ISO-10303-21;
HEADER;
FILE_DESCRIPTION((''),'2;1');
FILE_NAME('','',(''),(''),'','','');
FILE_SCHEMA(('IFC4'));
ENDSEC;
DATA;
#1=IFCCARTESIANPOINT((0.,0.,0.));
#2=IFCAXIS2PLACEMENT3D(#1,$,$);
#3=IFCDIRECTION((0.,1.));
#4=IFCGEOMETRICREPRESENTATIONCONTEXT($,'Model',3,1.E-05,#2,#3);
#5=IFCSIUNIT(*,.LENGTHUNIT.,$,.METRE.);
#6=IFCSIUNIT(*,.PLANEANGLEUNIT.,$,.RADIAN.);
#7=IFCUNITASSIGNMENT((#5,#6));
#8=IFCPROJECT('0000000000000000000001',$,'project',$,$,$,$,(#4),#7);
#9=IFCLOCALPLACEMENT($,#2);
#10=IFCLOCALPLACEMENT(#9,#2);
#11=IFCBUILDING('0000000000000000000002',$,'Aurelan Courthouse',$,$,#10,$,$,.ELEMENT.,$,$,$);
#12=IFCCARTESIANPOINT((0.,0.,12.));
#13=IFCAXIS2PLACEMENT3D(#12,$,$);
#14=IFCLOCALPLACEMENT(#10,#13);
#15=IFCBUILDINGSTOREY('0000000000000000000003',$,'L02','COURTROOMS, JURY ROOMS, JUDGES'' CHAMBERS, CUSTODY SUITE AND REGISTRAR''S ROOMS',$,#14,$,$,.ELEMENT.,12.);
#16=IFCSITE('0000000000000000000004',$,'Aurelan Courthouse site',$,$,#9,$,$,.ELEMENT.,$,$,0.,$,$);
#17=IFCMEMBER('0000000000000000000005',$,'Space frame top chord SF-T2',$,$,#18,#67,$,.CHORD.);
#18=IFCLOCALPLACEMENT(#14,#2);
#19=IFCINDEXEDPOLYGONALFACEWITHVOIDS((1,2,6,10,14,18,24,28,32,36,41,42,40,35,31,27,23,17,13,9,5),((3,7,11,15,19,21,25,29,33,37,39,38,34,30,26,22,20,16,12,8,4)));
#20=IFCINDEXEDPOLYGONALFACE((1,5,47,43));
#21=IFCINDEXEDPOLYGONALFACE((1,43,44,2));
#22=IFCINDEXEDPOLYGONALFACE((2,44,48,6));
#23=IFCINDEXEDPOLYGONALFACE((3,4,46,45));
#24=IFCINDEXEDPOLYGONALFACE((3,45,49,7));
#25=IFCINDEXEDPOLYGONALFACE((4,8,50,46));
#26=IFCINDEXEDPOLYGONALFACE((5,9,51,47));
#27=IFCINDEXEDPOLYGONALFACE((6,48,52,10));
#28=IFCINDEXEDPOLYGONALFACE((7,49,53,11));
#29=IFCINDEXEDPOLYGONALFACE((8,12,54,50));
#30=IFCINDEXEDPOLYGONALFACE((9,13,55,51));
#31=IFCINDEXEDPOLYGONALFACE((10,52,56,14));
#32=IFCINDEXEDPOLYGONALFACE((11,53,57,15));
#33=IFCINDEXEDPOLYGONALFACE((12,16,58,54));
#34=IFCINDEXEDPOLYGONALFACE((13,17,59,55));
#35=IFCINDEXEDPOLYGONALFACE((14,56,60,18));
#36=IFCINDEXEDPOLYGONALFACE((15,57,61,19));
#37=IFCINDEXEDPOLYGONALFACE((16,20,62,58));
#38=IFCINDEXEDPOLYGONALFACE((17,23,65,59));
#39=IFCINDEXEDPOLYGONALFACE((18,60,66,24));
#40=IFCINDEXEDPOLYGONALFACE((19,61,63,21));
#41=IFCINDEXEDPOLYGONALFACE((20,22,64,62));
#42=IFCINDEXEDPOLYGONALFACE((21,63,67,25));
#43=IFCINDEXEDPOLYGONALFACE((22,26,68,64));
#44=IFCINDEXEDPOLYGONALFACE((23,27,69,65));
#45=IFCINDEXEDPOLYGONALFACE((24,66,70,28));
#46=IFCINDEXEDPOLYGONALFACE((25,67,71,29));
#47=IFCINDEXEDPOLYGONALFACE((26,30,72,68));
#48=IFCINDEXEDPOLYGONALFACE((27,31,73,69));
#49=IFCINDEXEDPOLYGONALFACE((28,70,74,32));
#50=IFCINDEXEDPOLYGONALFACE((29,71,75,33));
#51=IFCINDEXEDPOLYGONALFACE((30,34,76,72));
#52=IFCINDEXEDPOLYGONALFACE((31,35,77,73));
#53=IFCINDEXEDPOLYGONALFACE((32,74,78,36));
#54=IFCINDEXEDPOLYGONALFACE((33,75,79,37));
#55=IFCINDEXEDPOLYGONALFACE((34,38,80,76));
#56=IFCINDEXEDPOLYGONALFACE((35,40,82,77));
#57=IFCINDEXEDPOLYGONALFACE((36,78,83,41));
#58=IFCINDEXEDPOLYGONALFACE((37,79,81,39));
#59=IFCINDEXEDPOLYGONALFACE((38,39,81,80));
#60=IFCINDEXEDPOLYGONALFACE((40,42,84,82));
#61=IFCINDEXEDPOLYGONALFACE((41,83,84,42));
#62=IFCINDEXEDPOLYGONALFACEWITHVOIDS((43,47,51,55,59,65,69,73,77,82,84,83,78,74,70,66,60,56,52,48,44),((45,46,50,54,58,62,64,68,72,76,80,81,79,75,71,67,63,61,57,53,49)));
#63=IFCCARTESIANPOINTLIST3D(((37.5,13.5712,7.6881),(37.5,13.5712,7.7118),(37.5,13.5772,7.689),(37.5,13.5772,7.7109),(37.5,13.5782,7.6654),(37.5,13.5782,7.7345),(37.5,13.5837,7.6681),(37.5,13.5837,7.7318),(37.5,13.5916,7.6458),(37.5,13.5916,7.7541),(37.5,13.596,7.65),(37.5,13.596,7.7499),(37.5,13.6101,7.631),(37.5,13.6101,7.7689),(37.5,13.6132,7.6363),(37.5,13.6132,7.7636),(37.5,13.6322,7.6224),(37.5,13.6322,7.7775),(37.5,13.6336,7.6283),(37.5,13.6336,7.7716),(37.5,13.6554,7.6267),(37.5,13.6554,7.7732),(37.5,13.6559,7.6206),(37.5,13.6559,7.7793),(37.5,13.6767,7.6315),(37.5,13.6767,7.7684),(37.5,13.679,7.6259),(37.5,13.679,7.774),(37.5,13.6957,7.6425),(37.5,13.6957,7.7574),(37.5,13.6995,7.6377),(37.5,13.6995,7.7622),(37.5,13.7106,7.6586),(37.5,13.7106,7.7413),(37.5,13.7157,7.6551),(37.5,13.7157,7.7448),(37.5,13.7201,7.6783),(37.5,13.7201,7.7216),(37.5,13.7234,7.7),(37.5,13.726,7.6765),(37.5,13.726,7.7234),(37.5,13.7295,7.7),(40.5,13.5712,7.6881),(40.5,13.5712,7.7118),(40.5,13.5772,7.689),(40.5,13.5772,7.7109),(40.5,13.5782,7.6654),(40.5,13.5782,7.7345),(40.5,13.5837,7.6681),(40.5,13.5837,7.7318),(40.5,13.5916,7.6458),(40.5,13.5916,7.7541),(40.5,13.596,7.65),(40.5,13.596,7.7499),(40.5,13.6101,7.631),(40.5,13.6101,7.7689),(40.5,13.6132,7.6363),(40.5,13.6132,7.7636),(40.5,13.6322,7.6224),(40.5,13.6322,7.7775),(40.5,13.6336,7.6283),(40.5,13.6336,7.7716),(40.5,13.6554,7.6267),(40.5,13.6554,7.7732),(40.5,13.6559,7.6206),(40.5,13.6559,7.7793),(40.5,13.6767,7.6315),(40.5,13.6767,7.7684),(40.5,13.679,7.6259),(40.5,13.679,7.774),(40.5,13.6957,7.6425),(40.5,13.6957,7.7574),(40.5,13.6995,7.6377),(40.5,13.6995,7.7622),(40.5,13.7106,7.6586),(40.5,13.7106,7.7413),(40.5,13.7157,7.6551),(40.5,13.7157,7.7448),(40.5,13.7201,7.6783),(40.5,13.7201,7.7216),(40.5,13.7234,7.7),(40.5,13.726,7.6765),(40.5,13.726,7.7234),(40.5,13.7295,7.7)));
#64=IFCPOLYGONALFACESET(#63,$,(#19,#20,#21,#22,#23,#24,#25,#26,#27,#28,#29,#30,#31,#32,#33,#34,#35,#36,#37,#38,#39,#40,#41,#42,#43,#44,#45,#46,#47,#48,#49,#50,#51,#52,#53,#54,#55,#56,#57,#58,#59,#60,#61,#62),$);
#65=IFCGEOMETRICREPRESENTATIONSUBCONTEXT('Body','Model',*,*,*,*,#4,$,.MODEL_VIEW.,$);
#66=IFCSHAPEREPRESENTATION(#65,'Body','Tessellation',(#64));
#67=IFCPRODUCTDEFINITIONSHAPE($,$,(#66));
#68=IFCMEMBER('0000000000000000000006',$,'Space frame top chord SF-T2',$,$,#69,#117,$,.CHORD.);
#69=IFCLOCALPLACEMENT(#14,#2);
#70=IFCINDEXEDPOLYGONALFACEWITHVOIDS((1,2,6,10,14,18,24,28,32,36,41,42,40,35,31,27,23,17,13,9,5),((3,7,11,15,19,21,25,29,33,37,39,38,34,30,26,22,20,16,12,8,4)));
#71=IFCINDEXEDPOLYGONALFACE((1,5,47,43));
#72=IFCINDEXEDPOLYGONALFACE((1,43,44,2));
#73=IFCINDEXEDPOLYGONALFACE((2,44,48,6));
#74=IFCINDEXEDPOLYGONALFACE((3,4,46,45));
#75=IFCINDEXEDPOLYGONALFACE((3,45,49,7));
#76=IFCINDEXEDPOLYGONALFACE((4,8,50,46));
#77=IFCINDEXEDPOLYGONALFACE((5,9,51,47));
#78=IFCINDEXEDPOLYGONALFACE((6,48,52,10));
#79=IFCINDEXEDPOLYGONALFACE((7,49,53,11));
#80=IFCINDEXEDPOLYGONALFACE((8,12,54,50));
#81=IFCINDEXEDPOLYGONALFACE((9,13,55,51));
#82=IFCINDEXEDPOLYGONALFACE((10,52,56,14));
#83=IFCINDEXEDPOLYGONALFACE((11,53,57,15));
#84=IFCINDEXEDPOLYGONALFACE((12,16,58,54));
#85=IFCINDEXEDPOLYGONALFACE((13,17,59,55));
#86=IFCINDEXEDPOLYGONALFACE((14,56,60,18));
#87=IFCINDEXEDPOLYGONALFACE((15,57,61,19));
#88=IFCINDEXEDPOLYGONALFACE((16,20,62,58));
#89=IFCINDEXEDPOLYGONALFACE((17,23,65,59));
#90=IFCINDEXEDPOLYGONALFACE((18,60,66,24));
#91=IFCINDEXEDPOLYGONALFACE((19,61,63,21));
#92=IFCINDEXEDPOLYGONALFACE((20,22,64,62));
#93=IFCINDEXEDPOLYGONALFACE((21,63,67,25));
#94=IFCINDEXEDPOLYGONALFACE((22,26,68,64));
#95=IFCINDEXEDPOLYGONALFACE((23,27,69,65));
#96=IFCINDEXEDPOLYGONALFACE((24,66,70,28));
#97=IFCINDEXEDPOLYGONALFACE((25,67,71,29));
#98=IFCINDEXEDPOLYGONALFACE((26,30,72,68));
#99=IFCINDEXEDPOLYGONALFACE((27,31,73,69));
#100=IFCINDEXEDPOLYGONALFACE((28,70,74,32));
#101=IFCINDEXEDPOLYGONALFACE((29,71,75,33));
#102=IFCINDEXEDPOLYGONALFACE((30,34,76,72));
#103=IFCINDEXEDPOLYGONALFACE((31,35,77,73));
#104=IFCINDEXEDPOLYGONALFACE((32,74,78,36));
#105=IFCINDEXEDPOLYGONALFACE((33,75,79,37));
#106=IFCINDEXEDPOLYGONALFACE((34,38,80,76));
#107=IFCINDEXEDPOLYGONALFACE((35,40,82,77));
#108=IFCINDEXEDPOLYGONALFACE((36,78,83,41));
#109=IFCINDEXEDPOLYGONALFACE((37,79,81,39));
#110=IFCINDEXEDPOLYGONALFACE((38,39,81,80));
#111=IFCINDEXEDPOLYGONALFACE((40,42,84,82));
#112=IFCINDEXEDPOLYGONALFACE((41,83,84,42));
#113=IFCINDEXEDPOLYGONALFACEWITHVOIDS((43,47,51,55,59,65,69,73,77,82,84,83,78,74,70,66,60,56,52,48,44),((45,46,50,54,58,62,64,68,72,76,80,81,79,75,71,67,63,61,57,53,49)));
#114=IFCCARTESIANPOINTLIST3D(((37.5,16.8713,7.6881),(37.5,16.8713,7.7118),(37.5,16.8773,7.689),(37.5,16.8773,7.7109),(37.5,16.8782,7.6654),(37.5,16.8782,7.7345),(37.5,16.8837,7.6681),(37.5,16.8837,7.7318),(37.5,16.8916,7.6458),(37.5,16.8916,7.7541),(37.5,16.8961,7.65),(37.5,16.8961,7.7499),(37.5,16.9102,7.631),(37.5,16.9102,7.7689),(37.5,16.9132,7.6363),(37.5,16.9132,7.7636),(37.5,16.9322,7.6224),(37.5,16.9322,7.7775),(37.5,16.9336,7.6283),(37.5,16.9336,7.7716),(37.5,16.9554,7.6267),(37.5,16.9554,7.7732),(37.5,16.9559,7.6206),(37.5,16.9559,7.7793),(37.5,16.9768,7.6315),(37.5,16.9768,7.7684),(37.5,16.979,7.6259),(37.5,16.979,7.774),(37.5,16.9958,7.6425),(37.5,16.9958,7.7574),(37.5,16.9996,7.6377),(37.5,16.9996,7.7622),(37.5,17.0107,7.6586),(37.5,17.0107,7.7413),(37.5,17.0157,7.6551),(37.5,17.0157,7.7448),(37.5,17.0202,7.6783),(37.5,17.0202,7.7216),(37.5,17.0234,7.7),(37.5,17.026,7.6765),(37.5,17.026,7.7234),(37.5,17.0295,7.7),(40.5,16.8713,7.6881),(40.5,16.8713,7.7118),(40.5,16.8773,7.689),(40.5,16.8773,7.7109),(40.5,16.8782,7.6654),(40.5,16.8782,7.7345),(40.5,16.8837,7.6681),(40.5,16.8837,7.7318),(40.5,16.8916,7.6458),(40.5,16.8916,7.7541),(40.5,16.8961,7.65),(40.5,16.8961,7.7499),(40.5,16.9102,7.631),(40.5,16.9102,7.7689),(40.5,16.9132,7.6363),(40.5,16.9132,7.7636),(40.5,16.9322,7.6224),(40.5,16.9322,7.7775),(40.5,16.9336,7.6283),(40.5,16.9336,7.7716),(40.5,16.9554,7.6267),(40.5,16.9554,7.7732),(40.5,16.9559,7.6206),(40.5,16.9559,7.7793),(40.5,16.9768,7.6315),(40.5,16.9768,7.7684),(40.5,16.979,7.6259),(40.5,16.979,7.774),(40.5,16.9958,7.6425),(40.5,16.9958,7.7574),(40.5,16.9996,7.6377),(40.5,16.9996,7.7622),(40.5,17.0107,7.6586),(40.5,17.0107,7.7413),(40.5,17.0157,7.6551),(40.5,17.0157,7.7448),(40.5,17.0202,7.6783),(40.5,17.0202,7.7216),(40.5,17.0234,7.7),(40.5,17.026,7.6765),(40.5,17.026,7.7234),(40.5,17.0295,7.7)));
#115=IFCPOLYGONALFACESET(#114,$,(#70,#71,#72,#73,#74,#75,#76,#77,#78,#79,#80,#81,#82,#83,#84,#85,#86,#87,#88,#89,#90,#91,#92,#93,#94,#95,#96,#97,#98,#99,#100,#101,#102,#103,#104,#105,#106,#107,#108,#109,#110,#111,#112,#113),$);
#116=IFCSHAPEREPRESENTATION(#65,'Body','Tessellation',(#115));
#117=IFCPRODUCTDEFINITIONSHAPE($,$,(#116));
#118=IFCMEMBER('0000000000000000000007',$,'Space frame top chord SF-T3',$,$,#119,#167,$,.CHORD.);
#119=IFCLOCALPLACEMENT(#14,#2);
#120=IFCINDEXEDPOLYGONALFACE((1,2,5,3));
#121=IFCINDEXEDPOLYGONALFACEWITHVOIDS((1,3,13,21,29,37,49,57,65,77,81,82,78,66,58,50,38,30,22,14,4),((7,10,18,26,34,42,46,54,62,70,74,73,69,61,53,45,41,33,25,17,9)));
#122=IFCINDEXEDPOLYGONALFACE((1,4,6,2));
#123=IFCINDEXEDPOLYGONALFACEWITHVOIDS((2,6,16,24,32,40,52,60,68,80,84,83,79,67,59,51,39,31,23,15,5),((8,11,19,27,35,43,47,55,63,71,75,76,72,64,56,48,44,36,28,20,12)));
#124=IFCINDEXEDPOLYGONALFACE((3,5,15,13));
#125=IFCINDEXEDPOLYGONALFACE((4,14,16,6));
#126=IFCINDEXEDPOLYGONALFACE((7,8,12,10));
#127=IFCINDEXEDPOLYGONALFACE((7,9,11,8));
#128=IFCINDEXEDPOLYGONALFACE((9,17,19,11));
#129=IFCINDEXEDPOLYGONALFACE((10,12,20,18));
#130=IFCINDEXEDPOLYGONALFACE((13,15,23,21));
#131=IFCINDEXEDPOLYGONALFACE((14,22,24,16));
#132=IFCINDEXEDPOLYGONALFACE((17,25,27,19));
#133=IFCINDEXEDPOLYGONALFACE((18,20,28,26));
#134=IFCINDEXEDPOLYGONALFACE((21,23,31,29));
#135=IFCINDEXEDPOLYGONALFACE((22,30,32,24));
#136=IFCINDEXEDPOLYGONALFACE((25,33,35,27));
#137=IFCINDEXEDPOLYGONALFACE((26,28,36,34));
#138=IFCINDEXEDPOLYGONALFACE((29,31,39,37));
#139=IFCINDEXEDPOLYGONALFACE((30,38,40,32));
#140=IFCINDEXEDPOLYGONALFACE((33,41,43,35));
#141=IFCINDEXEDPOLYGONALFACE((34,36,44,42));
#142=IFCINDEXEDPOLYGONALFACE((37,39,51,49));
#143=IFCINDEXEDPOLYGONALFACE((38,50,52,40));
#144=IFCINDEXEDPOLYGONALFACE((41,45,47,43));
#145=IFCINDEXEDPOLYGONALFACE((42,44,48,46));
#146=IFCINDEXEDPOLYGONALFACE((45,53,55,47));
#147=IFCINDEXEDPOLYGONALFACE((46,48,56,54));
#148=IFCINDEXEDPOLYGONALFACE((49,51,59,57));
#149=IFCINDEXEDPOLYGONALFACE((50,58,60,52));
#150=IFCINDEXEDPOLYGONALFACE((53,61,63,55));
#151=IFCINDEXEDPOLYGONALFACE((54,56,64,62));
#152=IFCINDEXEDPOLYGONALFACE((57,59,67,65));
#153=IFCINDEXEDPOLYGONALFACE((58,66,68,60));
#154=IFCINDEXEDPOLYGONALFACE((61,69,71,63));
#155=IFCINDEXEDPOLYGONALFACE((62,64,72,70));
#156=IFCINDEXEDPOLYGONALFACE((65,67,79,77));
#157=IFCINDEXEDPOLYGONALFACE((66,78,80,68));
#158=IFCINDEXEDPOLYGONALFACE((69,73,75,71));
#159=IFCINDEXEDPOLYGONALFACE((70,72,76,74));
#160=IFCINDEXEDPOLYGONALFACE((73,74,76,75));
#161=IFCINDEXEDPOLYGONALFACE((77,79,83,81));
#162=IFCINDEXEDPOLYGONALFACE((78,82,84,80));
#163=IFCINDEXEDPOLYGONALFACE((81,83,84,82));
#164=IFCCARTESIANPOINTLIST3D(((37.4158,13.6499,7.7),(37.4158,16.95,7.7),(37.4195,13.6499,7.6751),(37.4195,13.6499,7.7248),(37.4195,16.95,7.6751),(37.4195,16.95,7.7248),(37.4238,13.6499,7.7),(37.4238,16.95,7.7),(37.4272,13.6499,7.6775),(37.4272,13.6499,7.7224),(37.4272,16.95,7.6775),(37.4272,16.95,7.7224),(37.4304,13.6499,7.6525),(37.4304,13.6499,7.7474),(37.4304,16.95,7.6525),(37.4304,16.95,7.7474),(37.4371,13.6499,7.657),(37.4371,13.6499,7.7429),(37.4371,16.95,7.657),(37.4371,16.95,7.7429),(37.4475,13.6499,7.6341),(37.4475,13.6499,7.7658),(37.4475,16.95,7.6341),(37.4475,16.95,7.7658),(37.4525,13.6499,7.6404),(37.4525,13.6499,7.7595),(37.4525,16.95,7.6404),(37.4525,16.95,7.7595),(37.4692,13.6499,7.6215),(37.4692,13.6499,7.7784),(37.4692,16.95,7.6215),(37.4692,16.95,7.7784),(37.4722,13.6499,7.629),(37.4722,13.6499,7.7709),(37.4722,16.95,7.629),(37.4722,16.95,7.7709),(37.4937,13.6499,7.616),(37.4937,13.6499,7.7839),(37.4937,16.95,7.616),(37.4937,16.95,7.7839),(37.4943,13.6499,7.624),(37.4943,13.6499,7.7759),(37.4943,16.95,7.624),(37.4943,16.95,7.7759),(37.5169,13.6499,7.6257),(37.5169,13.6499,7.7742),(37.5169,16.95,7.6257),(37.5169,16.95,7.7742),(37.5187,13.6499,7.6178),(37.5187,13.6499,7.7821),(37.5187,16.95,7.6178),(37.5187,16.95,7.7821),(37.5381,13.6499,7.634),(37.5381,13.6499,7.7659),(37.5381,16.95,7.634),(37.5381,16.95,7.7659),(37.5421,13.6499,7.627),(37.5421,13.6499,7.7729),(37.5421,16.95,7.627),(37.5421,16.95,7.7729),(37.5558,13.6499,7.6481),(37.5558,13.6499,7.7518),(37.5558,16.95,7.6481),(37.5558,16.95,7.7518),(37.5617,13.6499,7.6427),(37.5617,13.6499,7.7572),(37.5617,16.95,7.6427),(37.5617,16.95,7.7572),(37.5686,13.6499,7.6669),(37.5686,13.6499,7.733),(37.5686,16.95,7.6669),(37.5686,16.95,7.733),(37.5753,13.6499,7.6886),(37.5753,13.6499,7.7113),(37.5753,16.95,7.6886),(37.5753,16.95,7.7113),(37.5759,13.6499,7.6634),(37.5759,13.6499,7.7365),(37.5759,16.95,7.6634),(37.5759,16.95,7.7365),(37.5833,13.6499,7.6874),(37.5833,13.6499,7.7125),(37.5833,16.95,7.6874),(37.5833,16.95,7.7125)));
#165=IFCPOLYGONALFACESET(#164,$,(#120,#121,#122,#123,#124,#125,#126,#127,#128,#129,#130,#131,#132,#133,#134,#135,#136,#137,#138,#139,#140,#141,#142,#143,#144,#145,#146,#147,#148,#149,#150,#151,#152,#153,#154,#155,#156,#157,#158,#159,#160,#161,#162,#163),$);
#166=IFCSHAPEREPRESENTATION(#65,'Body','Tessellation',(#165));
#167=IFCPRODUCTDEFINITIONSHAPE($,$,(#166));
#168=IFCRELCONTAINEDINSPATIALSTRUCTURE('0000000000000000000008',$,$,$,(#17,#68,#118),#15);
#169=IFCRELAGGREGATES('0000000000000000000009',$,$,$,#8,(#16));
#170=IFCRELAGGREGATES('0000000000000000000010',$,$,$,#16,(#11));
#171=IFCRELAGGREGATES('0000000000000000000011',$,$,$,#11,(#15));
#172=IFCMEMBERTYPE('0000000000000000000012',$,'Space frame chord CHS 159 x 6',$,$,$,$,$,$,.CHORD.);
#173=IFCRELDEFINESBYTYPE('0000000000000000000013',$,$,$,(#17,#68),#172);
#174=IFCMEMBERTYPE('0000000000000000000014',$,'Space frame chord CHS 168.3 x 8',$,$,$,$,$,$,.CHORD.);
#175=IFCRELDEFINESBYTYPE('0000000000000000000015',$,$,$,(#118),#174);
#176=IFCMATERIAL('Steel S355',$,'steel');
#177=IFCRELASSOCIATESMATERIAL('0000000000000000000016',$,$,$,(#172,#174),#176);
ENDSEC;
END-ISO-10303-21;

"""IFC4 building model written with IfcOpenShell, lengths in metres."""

from ifc_helpers import new_model, si_unit, direction, frame, origin, origin_2d, place, context, subcontext, project, spatial, hollow_circle, extrude, material, material_profile, profile_set, type_object, element, save


model = new_model("IFC4")

# Units and contexts
model_context = context("Model", 3, precision=1e-05, world=origin(), true_north=direction((0.0, 1.0)))
body_context = subcontext(model_context, "Body", "Model", "MODEL_VIEW")
ifc_project = project(units=[si_unit("LENGTHUNIT", "METRE"), si_unit("PLANEANGLEUNIT", "RADIAN")], contexts=[model_context])

# Site, building, storey
site_placement = place(None, origin())
site = spatial("IfcSite", under=ifc_project, at=site_placement, Name="Aurelan Courthouse site", CompositionType="ELEMENT", RefElevation=0.0)
building_placement = place(site_placement, origin())
building = spatial("IfcBuilding", under=site, at=building_placement, Name="Aurelan Courthouse", CompositionType="ELEMENT")
storey_placement = place(building_placement, frame((0.0, 0.0, 12.0)))
storey = spatial("IfcBuildingStorey", under=building, at=storey_placement, Name="L02", Description="COURTROOMS, JURY ROOMS, JUDGES' CHAMBERS, CUSTODY SUITE AND REGISTRAR'S ROOMS", CompositionType="ELEMENT", Elevation=12.0)

# Members
ifc_material_1 = material(Name="Steel S355", Category="steel")
ifc_material_profile_1 = material_profile(ifc_material_1, hollow_circle(Radius=0.0796, WallThickness=0.0061, at=origin_2d()), Name="CHS 159 x 6")
ifc_profile_set_1 = profile_set([ifc_material_profile_1], Name="Steel S355")
member_type_1 = type_object("IfcMemberType", Name="Space frame chord CHS 159 x 6", PredefinedType="CHORD", material=ifc_profile_set_1)
for number, where, z_axis, x_axis, name in (
    (1, (37.5, 13.6499, 7.7), (1.0, 0.0, 0.0), (0.0, 1.0, 0.0), "Space frame top chord SF-T2"),
    (2, (37.5, 16.95, 7.7), (1.0, 0.0, 0.0), (0.0, 1.0, 0.0), "Space frame top chord SF-T2"),
):
    element("IfcMember", number, at=place(storey_placement, frame(where, z_axis=z_axis, x_axis=x_axis)), inside=storey, type_object=member_type_1, Name=name, PredefinedType="CHORD", context=body_context, shape_type="SweptSolid", body=[
        extrude(hollow_circle(Radius=0.0796, WallThickness=0.0061, at=origin_2d()), origin(), (0.0, 0.0, 1.0), 3.0),
    ])
ifc_material_profile_2 = material_profile(ifc_material_1, hollow_circle(Radius=0.0842, WallThickness=0.0081, at=origin_2d()), Name="CHS 168.3 x 8")
ifc_profile_set_2 = profile_set([ifc_material_profile_2], Name="Steel S355")
member_type_2 = type_object("IfcMemberType", Name="Space frame chord CHS 168.3 x 8", PredefinedType="CHORD", material=ifc_profile_set_2)
member_1_placement = place(storey_placement, frame((37.5, 13.6499, 7.7), z_axis=(0.0, 1.0, 0.0), x_axis=(-1.0, 0.0, 0.0)))
element("IfcMember", 3, at=member_1_placement, inside=storey, type_object=member_type_2, Name="Space frame top chord SF-T3", PredefinedType="CHORD", context=body_context, shape_type="SweptSolid", body=[
    extrude(hollow_circle(Radius=0.0842, WallThickness=0.0081, at=origin_2d()), origin(), (0.0, 0.0, 1.0), 3.3),
])

save(model, "model.ifc")
